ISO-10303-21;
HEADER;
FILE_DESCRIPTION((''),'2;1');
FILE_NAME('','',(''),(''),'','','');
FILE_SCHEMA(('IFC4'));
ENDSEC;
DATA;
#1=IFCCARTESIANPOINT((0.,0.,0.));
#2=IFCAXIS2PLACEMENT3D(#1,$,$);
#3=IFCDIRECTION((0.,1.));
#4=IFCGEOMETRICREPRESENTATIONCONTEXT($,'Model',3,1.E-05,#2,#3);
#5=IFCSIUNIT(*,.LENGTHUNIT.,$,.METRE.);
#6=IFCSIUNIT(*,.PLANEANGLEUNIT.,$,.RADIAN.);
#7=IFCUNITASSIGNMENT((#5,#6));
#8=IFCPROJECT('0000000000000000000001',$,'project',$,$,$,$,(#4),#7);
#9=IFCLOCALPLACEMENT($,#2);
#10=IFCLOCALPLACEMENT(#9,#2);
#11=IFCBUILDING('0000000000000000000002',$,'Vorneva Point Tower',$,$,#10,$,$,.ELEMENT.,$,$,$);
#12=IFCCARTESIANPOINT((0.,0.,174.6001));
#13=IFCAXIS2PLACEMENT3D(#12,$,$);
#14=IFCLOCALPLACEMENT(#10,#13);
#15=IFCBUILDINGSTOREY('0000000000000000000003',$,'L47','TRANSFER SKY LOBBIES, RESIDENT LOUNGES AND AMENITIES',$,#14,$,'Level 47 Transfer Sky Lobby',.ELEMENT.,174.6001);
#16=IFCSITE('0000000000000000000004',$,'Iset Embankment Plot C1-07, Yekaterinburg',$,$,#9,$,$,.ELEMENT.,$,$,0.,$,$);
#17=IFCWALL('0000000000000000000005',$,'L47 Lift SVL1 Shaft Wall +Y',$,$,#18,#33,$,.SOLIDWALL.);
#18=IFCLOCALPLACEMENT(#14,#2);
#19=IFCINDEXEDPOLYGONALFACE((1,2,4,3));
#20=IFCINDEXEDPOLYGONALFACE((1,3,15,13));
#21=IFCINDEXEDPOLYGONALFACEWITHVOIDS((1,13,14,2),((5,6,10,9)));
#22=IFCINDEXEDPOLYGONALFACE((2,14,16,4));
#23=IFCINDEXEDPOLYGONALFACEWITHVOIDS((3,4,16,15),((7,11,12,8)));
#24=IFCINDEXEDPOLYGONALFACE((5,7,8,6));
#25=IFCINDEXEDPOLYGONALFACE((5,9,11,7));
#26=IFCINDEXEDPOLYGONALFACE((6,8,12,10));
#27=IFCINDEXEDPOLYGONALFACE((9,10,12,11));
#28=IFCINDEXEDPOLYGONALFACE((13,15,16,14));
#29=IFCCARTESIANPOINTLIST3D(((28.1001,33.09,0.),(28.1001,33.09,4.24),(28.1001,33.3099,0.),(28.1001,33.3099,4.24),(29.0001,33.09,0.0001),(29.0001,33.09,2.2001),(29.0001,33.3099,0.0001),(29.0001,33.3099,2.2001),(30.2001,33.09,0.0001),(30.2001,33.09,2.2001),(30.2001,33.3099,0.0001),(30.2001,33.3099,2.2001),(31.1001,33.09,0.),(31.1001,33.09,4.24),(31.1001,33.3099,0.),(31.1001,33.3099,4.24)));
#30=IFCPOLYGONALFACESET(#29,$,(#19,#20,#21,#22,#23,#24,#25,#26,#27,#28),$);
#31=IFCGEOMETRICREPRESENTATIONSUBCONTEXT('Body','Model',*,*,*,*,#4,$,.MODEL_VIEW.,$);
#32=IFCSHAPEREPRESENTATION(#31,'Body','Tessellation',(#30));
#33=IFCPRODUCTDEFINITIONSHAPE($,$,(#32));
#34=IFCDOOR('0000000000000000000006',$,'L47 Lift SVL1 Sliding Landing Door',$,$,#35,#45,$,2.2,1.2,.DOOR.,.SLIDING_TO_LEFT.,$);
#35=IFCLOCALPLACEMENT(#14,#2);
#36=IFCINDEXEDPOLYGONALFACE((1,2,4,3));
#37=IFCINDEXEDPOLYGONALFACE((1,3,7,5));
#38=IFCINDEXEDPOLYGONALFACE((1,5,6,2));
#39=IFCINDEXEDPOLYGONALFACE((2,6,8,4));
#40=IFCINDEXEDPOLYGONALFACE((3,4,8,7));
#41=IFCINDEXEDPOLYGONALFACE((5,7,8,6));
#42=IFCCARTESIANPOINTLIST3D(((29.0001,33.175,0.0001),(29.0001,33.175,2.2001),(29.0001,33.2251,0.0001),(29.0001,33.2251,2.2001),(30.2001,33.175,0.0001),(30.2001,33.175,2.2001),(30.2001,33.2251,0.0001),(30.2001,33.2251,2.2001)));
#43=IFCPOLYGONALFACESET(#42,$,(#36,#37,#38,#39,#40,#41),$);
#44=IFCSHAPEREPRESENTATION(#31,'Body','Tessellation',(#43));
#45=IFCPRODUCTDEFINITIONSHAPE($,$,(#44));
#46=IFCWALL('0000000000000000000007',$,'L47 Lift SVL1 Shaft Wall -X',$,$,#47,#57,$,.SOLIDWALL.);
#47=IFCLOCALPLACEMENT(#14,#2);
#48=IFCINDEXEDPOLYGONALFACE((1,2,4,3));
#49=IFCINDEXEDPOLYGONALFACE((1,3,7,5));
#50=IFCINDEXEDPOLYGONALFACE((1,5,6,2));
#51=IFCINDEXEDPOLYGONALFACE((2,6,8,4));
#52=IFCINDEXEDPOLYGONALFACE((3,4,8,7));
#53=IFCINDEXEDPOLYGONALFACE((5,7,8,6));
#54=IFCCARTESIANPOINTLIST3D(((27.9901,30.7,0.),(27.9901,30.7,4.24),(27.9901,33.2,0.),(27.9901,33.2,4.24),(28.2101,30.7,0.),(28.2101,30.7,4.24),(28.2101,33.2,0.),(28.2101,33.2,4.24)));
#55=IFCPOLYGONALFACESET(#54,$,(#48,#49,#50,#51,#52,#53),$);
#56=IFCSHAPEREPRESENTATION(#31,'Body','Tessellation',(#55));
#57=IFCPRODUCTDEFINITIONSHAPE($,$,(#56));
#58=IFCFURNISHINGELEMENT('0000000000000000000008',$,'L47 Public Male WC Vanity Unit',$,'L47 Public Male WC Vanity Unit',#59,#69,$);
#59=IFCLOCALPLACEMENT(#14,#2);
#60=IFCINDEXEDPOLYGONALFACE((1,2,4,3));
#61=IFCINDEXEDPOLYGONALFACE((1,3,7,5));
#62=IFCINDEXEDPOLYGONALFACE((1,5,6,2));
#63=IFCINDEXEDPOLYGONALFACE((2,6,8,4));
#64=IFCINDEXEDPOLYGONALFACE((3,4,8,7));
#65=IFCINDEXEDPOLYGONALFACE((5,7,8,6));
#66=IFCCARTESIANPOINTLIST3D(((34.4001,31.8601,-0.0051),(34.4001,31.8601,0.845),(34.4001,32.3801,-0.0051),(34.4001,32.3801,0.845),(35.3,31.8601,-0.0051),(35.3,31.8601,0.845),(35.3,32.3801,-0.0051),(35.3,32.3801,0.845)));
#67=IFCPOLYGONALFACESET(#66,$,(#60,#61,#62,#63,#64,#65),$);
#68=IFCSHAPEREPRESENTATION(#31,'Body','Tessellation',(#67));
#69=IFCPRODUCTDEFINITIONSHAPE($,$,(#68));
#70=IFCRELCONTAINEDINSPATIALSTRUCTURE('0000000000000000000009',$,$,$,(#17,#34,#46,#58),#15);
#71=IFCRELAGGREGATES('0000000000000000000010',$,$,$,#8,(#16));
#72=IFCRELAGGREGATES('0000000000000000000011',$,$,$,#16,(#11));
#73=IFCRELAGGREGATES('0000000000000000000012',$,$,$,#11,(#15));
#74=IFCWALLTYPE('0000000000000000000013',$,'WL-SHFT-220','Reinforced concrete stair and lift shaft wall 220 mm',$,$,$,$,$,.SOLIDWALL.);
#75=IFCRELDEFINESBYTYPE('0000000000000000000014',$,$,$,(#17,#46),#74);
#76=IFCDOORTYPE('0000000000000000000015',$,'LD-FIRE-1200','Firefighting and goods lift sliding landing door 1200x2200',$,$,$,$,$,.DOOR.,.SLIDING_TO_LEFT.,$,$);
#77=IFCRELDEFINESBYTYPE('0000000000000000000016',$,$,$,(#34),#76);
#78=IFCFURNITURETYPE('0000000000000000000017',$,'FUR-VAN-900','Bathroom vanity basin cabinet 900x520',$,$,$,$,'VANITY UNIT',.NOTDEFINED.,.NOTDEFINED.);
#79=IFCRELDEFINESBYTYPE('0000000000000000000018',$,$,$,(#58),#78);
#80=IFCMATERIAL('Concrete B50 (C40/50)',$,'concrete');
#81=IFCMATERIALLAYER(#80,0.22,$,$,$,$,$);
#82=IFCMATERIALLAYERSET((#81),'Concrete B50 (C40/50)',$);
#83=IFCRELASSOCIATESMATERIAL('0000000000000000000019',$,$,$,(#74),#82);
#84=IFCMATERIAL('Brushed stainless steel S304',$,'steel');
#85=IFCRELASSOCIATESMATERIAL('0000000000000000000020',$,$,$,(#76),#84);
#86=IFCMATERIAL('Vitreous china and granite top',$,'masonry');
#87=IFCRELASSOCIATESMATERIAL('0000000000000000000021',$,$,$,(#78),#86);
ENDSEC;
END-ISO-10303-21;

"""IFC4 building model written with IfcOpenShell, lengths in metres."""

from ifc_helpers import new_model, si_unit, direction, frame, frame_2d, origin, origin_2d, place, context, subcontext, project, spatial, rectangle, extrude, material, layer, layer_set, type_object, element, fill, save


model = new_model("IFC4")

# Units and contexts
model_context = context("Model", 3, precision=1e-05, world=origin(), true_north=direction((0.0, 1.0)))
body_context = subcontext(model_context, "Body", "Model", "MODEL_VIEW")
ifc_project = project(units=[si_unit("LENGTHUNIT", "METRE"), si_unit("PLANEANGLEUNIT", "RADIAN")], contexts=[model_context])

# Site, building, storey
site_placement = place(None, origin())
site = spatial("IfcSite", under=ifc_project, at=site_placement, Name="Iset Embankment Plot C1-07, Yekaterinburg", CompositionType="ELEMENT", RefElevation=0.0)
building_placement = place(site_placement, origin())
building = spatial("IfcBuilding", under=site, at=building_placement, Name="Vorneva Point Tower", CompositionType="ELEMENT")
storey_placement = place(building_placement, frame((0.0, 0.0, 174.6001)))
storey = spatial("IfcBuildingStorey", under=building, at=storey_placement, Name="L47", Description="TRANSFER SKY LOBBIES, RESIDENT LOUNGES AND AMENITIES", LongName="Level 47 Transfer Sky Lobby", CompositionType="ELEMENT", Elevation=174.6001)

# Wall, opening, door
ifc_material_1 = material(Name="Concrete B50 (C40/50)", Category="concrete")
ifc_layer_1 = layer(ifc_material_1, 0.22)
ifc_layer_set_1 = layer_set([ifc_layer_1], Name="Concrete B50 (C40/50)")
wall_type_1 = type_object("IfcWallType", Name="WL-SHFT-220", Description="Reinforced concrete stair and lift shaft wall 220 mm", PredefinedType="SOLIDWALL", material=ifc_layer_set_1)
wall_1_placement = place(storey_placement, frame((31.1001, 33.2, 0.0), z_axis=(0.0, 0.0, 1.0), x_axis=(-1.0, 0.0, 0.0)))
wall_1 = element("IfcWall", 1, at=wall_1_placement, inside=storey, type_object=wall_type_1, Name="L47 Lift SVL1 Shaft Wall +Y", PredefinedType="SOLIDWALL", context=body_context, shape_type="SweptSolid", body=[
    extrude(rectangle(XDim=3.0, YDim=0.22, at=frame_2d((1.5, 0.0))), origin(), (0.0, 0.0, 1.0), 4.24),
])
opening_1_placement = place(wall_1_placement, frame((0.8999, 0.0, 0.0)))
opening_1 = element("IfcOpeningElement", 2, at=opening_1_placement, cuts=wall_1, PredefinedType="OPENING", context=body_context, shape_type="SweptSolid", body=[
    extrude(rectangle(XDim=1.2, YDim=2.2, at=frame_2d((0.6001, 1.1001))), frame((0.0, 0.125, 0.0), z_axis=(0.0, -1.0, 0.0), x_axis=(1.0, 0.0, 0.0)), (0.0, 0.0, 1.0), 0.2498),
])
ifc_material_2 = material(Name="Brushed stainless steel S304", Category="steel")
door_type_1 = type_object("IfcDoorType", Name="LD-FIRE-1200", Description="Firefighting and goods lift sliding landing door 1200x2200", OperationType="SLIDING_TO_LEFT", PredefinedType="DOOR", material=ifc_material_2)
door_1_placement = place(opening_1_placement, origin())
door_1 = element("IfcDoor", 3, at=door_1_placement, inside=storey, type_object=door_type_1, Name="L47 Lift SVL1 Sliding Landing Door", OperationType="SLIDING_TO_LEFT", OverallHeight=2.2, OverallWidth=1.2, PredefinedType="DOOR", context=body_context, shape_type="SweptSolid", body=[
    extrude(rectangle(XDim=1.2, YDim=2.2, at=frame_2d((0.6001, 1.1001))), frame((0.0, 0.0249, 0.0), z_axis=(0.0, -1.0, 0.0), x_axis=(1.0, 0.0, 0.0)), (0.0, 0.0, 1.0), 0.05),
])
fill(opening_1, door_1)

# Wall
wall_2_placement = place(storey_placement, frame((28.1001, 33.2, 0.0), z_axis=(0.0, 0.0, 1.0), x_axis=(0.0, -1.0, 0.0)))
element("IfcWall", 4, at=wall_2_placement, inside=storey, type_object=wall_type_1, Name="L47 Lift SVL1 Shaft Wall -X", PredefinedType="SOLIDWALL", context=body_context, shape_type="SweptSolid", body=[
    extrude(rectangle(XDim=2.5, YDim=0.22, at=frame_2d((1.25, 0.0))), origin(), (0.0, 0.0, 1.0), 4.24),
])

# Furnishing element
ifc_material_3 = material(Name="Vitreous china and granite top", Category="masonry")
furniture_type = type_object("IfcFurnitureType", Name="FUR-VAN-900", Description="Bathroom vanity basin cabinet 900x520", ElementType="VANITY UNIT", AssemblyPlace="NOTDEFINED", PredefinedType="NOTDEFINED", material=ifc_material_3)
furnishing_placement = place(storey_placement, frame((34.8501, 32.1201, -0.0051), z_axis=(0.0, 0.0, 1.0), x_axis=(1.0, 0.0, 0.0)))
element("IfcFurnishingElement", 5, at=furnishing_placement, inside=storey, type_object=furniture_type, Name="L47 Public Male WC Vanity Unit", ObjectType="L47 Public Male WC Vanity Unit", context=body_context, shape_type="SweptSolid", body=[
    extrude(rectangle(XDim=0.8999, YDim=0.52, at=origin_2d()), origin(), (0.0, 0.0, 1.0), 0.8501),
])

save(model, "model.ifc")
